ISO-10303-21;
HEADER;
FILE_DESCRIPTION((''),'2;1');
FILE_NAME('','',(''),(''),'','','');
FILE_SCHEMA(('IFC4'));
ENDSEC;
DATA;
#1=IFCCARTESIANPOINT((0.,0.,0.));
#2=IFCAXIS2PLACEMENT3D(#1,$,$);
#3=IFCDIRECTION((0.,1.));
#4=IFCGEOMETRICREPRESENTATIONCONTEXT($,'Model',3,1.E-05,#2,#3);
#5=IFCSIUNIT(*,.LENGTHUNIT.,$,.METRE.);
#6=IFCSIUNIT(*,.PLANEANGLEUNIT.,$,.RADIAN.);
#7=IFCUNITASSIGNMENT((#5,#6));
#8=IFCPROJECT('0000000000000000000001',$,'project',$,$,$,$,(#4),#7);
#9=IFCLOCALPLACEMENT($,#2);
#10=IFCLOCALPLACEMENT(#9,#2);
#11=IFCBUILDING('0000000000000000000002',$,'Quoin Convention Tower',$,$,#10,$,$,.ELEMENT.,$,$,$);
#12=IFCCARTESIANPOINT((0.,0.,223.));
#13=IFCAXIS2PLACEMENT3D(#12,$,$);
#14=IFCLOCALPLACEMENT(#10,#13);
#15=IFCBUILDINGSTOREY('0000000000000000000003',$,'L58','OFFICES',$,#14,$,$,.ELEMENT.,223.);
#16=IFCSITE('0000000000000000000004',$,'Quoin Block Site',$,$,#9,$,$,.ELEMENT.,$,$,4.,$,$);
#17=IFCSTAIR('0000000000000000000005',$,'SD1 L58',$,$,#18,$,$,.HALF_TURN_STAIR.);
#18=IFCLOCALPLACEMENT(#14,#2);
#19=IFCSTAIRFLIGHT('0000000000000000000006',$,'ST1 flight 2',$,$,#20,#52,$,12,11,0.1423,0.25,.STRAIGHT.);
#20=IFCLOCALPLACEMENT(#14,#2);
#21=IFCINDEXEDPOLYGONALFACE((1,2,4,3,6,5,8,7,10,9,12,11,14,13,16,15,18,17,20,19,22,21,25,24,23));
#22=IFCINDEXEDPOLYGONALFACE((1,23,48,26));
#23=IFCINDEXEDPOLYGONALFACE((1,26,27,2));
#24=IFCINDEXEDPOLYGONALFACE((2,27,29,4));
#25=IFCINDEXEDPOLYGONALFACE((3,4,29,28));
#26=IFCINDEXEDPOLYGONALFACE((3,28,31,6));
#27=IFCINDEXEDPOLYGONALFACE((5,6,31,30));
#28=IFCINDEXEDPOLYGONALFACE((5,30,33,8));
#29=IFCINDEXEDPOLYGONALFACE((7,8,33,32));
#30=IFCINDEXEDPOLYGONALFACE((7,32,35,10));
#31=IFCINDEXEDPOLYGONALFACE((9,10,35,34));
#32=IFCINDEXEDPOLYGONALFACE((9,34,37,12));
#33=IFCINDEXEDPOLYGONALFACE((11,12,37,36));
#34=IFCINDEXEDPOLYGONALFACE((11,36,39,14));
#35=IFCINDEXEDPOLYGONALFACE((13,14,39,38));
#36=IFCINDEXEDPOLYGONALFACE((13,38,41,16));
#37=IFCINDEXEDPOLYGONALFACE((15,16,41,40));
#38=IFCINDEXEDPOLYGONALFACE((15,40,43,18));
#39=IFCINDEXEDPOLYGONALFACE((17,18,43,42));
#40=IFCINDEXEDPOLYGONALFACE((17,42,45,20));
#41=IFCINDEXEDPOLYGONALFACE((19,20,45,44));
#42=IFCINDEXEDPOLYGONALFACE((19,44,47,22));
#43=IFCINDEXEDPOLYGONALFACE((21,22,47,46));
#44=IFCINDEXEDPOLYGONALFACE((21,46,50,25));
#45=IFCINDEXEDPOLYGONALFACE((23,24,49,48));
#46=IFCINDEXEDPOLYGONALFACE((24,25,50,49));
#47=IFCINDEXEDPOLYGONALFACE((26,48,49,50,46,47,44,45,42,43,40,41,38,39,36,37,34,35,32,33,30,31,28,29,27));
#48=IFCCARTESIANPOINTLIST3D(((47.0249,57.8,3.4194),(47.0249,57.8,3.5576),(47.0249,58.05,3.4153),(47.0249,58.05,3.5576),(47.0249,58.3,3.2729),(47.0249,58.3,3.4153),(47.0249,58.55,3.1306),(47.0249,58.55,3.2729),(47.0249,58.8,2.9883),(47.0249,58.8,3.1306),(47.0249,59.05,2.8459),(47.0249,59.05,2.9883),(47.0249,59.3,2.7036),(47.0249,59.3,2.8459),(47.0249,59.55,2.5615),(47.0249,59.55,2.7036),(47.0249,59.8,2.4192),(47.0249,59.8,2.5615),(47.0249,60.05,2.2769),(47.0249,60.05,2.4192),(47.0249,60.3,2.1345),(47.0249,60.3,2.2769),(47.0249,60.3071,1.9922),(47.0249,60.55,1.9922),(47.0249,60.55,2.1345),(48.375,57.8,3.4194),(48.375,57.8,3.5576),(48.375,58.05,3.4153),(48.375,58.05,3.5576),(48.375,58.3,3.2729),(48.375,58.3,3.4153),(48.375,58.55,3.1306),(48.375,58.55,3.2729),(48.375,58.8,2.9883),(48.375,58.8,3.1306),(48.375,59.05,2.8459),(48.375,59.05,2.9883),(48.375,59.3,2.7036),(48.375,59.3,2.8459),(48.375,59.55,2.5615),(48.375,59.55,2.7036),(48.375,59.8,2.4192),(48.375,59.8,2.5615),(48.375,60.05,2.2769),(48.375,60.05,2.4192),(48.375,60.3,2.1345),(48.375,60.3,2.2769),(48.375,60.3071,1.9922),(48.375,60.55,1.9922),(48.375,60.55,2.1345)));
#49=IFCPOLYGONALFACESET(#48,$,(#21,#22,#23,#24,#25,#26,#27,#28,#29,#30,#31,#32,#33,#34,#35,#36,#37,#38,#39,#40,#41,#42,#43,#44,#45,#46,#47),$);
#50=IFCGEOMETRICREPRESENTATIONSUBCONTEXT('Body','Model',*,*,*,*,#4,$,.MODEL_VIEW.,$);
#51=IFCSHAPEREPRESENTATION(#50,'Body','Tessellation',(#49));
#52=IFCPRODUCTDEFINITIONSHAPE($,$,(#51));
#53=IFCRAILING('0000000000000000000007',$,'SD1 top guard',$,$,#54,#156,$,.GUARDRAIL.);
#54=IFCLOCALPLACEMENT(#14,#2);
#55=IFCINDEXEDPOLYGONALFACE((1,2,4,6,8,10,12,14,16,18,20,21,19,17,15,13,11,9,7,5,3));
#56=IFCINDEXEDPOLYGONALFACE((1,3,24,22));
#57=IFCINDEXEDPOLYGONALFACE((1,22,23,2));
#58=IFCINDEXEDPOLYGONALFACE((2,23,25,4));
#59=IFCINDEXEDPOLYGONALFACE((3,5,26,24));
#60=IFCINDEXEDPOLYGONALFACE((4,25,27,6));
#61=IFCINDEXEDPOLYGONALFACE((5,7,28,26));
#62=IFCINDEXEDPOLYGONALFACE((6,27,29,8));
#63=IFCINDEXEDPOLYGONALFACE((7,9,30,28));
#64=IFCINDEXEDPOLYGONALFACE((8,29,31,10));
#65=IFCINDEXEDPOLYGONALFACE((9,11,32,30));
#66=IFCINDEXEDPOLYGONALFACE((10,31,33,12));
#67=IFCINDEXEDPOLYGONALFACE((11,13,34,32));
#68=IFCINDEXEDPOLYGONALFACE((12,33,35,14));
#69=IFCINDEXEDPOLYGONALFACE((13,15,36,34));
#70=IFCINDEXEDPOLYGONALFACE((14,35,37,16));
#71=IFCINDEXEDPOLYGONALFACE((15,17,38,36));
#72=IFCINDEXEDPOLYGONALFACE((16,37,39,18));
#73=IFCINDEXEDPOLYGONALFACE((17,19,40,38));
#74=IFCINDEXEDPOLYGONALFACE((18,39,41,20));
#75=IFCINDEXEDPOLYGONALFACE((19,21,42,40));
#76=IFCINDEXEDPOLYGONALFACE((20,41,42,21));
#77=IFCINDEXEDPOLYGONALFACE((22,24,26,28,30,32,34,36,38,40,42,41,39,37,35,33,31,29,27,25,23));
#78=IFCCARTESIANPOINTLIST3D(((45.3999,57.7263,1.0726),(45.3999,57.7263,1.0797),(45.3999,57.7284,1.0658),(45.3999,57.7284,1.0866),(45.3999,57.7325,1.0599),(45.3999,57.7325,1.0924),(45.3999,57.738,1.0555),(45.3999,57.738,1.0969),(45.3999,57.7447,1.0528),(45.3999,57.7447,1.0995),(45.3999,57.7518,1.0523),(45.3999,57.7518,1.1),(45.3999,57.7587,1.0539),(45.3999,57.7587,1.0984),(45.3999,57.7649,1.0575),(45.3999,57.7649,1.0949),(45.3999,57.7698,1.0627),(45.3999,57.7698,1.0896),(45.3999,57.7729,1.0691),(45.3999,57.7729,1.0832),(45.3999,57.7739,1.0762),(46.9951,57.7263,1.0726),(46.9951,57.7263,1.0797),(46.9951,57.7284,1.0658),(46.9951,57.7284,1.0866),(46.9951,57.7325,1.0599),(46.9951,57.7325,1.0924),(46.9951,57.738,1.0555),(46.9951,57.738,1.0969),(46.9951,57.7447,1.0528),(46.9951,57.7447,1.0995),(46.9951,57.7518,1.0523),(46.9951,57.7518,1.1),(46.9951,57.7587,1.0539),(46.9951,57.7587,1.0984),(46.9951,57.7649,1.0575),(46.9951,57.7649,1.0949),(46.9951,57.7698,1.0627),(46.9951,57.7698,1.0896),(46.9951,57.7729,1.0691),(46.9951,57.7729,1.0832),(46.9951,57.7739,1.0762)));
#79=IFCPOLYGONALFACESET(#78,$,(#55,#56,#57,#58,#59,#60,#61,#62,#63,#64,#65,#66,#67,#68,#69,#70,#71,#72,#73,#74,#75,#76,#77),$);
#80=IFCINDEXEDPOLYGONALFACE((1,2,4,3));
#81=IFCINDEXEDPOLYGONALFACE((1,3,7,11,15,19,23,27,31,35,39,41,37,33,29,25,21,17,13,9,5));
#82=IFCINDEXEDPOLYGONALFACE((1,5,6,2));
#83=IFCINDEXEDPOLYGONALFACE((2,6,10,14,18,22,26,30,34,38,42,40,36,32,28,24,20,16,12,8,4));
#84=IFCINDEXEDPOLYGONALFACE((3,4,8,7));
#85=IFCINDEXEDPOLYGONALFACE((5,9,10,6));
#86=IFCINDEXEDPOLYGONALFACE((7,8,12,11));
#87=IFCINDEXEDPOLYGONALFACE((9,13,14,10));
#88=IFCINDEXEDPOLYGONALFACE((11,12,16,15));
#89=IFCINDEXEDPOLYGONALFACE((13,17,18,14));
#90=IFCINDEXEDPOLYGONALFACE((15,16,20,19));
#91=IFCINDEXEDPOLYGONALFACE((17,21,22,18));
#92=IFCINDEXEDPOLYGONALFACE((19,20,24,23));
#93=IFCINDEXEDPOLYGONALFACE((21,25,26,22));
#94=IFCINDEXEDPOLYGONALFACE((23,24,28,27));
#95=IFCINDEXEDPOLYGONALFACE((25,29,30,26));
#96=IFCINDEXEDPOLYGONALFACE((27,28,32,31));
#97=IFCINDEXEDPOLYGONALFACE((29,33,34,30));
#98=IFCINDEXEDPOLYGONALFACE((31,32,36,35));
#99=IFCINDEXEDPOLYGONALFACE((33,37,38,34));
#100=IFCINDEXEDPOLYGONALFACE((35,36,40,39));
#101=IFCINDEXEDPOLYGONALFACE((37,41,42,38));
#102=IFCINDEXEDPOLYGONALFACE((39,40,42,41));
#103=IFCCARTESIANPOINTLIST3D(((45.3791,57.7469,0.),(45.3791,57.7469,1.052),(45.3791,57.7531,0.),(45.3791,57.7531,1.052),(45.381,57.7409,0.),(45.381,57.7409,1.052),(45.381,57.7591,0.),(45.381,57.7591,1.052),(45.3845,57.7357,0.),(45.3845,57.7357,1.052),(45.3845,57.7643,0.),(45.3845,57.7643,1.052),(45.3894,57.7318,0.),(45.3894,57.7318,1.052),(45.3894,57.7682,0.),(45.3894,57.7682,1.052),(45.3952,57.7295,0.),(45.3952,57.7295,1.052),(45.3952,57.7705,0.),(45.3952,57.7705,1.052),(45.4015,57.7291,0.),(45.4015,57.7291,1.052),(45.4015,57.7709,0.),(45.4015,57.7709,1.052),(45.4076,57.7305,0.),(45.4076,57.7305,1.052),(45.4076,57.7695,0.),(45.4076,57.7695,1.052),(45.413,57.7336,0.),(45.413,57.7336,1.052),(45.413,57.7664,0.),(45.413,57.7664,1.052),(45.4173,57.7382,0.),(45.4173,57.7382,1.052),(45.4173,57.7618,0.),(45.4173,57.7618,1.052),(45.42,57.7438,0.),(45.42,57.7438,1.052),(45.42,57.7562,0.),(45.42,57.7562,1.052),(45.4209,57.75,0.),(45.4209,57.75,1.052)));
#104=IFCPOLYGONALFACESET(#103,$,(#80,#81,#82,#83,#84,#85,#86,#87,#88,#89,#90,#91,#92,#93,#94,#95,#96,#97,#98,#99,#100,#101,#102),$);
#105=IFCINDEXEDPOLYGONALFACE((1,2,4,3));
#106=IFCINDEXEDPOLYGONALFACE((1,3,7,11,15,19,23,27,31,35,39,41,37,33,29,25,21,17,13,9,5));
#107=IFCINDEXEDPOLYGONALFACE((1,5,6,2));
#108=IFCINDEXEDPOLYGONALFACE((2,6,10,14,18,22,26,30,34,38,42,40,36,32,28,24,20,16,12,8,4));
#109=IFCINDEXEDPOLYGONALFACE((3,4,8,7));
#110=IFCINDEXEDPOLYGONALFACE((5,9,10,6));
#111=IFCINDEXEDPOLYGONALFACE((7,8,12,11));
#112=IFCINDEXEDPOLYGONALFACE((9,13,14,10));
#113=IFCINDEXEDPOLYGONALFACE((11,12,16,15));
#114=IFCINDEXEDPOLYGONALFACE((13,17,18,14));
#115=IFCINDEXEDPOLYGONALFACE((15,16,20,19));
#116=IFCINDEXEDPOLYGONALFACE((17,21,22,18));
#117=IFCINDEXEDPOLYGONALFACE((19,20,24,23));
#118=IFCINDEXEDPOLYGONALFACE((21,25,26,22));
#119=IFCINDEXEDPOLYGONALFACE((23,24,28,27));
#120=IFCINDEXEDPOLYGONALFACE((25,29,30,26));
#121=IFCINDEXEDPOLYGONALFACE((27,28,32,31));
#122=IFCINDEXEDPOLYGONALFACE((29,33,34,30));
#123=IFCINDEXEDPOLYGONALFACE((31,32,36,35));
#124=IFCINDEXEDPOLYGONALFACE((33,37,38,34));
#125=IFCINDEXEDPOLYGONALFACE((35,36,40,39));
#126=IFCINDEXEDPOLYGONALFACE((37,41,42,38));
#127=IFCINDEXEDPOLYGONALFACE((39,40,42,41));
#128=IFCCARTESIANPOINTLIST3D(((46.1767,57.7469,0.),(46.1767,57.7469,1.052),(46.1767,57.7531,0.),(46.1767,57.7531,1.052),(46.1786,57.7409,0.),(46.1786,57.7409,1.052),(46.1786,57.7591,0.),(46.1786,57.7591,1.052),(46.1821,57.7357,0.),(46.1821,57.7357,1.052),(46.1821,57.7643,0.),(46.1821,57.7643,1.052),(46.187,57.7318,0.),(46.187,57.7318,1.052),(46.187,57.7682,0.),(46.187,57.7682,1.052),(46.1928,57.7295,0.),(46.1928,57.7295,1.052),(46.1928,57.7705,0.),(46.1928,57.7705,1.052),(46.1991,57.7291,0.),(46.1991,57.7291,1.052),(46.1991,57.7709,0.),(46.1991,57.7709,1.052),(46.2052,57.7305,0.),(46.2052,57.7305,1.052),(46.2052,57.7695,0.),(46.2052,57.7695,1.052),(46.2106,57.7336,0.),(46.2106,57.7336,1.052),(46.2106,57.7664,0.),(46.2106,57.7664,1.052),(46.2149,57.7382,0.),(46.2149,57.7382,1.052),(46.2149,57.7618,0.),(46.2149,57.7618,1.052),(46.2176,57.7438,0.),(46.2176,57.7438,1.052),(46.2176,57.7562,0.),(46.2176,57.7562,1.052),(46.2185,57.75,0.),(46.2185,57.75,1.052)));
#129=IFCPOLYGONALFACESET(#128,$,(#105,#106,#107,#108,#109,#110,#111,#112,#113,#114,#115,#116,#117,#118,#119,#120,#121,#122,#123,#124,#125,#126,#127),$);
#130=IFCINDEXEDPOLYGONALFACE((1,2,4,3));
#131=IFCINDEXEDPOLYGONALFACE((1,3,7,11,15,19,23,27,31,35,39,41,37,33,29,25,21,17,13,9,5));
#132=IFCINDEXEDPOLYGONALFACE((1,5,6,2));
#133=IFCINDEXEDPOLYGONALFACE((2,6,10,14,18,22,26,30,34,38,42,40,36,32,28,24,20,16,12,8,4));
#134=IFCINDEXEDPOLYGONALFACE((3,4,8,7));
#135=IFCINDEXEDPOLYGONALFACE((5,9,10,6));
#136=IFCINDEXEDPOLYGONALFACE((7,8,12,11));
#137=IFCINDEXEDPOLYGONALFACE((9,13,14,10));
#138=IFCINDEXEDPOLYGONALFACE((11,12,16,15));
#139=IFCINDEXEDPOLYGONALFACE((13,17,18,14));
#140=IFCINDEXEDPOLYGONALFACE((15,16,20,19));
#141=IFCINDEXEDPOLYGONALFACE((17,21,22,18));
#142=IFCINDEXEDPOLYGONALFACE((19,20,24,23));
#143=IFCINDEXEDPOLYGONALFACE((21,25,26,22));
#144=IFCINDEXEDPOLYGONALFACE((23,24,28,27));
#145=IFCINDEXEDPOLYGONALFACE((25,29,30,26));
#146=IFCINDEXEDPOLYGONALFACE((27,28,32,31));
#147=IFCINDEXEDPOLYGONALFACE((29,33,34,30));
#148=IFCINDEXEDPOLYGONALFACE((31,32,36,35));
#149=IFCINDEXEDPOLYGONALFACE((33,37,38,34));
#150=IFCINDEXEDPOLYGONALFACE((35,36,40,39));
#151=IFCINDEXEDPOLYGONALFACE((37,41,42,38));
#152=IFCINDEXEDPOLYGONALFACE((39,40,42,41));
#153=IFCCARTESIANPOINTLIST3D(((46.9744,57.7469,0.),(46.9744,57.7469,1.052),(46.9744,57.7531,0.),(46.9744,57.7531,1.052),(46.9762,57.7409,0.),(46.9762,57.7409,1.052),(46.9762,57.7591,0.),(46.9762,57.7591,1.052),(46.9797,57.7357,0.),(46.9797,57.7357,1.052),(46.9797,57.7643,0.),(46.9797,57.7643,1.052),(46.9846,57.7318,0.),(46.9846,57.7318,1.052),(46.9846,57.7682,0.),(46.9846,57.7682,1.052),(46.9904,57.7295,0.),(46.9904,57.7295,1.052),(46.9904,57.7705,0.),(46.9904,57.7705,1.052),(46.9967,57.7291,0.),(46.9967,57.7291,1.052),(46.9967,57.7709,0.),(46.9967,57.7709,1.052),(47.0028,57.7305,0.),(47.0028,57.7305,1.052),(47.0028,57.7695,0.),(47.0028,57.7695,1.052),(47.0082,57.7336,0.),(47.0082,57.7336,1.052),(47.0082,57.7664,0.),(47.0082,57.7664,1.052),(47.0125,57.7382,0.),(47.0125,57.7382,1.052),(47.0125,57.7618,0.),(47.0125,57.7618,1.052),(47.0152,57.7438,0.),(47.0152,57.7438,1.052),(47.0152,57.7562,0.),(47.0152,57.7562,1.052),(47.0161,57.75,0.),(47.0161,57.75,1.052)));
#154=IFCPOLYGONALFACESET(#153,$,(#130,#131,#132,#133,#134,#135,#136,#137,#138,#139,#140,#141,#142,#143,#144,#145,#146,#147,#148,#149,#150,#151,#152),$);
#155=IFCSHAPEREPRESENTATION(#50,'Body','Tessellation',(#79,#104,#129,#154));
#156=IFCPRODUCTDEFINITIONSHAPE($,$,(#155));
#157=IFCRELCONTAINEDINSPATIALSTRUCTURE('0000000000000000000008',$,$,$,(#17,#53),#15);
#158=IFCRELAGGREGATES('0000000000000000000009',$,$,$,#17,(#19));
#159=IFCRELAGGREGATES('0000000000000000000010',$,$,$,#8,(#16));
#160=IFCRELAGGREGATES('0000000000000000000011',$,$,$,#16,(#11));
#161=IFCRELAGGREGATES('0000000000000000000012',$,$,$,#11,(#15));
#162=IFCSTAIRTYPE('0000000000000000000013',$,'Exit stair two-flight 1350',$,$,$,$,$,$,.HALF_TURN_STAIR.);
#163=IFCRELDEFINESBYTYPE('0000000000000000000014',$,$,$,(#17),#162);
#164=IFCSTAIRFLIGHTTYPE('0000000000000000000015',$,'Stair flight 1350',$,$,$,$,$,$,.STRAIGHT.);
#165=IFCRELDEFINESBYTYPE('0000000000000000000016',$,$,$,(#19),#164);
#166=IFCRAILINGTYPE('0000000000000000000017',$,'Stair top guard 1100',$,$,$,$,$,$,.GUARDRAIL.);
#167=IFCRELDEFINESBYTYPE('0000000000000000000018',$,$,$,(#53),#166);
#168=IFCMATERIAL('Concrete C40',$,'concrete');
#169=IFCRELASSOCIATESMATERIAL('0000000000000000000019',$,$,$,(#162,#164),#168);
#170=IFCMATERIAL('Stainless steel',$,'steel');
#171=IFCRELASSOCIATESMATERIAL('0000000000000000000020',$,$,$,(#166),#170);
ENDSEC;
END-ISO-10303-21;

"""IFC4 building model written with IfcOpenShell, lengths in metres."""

from ifc_helpers import new_model, si_unit, direction, frame, origin, origin_2d, place, context, subcontext, project, spatial, polyline, circle, outline, extrude, material, type_object, element, aggregate, save


model = new_model("IFC4")

# Units and contexts
model_context = context("Model", 3, precision=1e-05, world=origin(), true_north=direction((0.0, 1.0)))
body_context = subcontext(model_context, "Body", "Model", "MODEL_VIEW")
ifc_project = project(units=[si_unit("LENGTHUNIT", "METRE"), si_unit("PLANEANGLEUNIT", "RADIAN")], contexts=[model_context])

# Site, building, storey
site_placement = place(None, origin())
site = spatial("IfcSite", under=ifc_project, at=site_placement, Name="Quoin Block Site", CompositionType="ELEMENT", RefElevation=4.0)
building_placement = place(site_placement, origin())
building = spatial("IfcBuilding", under=site, at=building_placement, Name="Quoin Convention Tower", CompositionType="ELEMENT")
storey_placement = place(building_placement, frame((0.0, 0.0, 223.0)))
storey = spatial("IfcBuildingStorey", under=building, at=storey_placement, Name="L58", Description="OFFICES", CompositionType="ELEMENT", Elevation=223.0)

# Stair, stair flight
ifc_material_1 = material(Name="Concrete C40", Category="concrete")
stair_type = type_object("IfcStairType", Name="Exit stair two-flight 1350", PredefinedType="HALF_TURN_STAIR", material=ifc_material_1)
stair_placement = place(storey_placement, origin())
stair = element("IfcStair", 1, at=stair_placement, inside=storey, type_object=stair_type, Name="SD1 L58", PredefinedType="HALF_TURN_STAIR")
stair_flight_type = type_object("IfcStairFlightType", Name="Stair flight 1350", PredefinedType="STRAIGHT", material=ifc_material_1)
stair_flight_1_placement = place(storey_placement, frame((47.7, 60.55, 1.9922), z_axis=(0.0, 0.0, 1.0), x_axis=(0.0, -1.0, 0.0)))
stair_flight_1 = element("IfcStairFlight", 2, at=stair_flight_1_placement, type_object=stair_flight_type, Name="ST1 flight 2", NumberOfRisers=12, NumberOfTreads=11, PredefinedType="STRAIGHT", RiserHeight=0.1423, TreadLength=0.25, context=body_context, shape_type="SweptSolid", body=[
    extrude(outline(polyline([(0.0, 0.0), (0.0, 0.1423), (0.25, 0.1423), (0.25, 0.2847), (0.5, 0.2847), (0.5, 0.427), (0.75, 0.427), (0.75, 0.5693), (1.0, 0.5693), (1.0, 0.7114), (1.25, 0.7114), (1.25, 0.8538), (1.5, 0.8538), (1.5, 0.9961), (1.75, 0.9961), (1.75, 1.1384), (2.0, 1.1384), (2.0, 1.2808), (2.25, 1.2808), (2.25, 1.4231), (2.5, 1.4231), (2.5, 1.5654), (2.75, 1.5654), (2.75, 1.7078), (2.75, 1.4272), (0.2429, 0.0), (0.0, 0.0)])), frame((0.0, 0.675, 0.0), z_axis=(0.0, -1.0, 0.0), x_axis=(1.0, 0.0, 0.0)), (0.0, 0.0, 1.0), 1.3501),
])
aggregate(stair, [stair_flight_1])

# Railing
ifc_material_2 = material(Name="Stainless steel", Category="steel")
railing_type_1 = type_object("IfcRailingType", Name="Stair top guard 1100", PredefinedType="GUARDRAIL", material=ifc_material_2)
railing_1_placement = place(storey_placement, frame((45.3999, 57.75, 0.0)))
element("IfcRailing", 3, at=railing_1_placement, inside=storey, type_object=railing_type_1, Name="SD1 top guard", PredefinedType="GUARDRAIL", context=body_context, shape_type="SweptSolid", body=[
    extrude(circle(Radius=0.0239, at=origin_2d()), frame((0.0, 0.0, 1.0762), z_axis=(1.0, 0.0, 0.0), x_axis=(0.0, 1.0, 0.0)), (0.0, 0.0, 1.0), 1.5952),
    extrude(circle(Radius=0.021, at=origin_2d()), origin(), (0.0, 0.0, 1.0), 1.052),
    extrude(circle(Radius=0.021, at=origin_2d()), frame((0.7976, 0.0, 0.0)), (0.0, 0.0, 1.0), 1.052),
    extrude(circle(Radius=0.021, at=origin_2d()), frame((1.5952, 0.0, 0.0)), (0.0, 0.0, 1.0), 1.052),
])

save(model, "model.ifc")
